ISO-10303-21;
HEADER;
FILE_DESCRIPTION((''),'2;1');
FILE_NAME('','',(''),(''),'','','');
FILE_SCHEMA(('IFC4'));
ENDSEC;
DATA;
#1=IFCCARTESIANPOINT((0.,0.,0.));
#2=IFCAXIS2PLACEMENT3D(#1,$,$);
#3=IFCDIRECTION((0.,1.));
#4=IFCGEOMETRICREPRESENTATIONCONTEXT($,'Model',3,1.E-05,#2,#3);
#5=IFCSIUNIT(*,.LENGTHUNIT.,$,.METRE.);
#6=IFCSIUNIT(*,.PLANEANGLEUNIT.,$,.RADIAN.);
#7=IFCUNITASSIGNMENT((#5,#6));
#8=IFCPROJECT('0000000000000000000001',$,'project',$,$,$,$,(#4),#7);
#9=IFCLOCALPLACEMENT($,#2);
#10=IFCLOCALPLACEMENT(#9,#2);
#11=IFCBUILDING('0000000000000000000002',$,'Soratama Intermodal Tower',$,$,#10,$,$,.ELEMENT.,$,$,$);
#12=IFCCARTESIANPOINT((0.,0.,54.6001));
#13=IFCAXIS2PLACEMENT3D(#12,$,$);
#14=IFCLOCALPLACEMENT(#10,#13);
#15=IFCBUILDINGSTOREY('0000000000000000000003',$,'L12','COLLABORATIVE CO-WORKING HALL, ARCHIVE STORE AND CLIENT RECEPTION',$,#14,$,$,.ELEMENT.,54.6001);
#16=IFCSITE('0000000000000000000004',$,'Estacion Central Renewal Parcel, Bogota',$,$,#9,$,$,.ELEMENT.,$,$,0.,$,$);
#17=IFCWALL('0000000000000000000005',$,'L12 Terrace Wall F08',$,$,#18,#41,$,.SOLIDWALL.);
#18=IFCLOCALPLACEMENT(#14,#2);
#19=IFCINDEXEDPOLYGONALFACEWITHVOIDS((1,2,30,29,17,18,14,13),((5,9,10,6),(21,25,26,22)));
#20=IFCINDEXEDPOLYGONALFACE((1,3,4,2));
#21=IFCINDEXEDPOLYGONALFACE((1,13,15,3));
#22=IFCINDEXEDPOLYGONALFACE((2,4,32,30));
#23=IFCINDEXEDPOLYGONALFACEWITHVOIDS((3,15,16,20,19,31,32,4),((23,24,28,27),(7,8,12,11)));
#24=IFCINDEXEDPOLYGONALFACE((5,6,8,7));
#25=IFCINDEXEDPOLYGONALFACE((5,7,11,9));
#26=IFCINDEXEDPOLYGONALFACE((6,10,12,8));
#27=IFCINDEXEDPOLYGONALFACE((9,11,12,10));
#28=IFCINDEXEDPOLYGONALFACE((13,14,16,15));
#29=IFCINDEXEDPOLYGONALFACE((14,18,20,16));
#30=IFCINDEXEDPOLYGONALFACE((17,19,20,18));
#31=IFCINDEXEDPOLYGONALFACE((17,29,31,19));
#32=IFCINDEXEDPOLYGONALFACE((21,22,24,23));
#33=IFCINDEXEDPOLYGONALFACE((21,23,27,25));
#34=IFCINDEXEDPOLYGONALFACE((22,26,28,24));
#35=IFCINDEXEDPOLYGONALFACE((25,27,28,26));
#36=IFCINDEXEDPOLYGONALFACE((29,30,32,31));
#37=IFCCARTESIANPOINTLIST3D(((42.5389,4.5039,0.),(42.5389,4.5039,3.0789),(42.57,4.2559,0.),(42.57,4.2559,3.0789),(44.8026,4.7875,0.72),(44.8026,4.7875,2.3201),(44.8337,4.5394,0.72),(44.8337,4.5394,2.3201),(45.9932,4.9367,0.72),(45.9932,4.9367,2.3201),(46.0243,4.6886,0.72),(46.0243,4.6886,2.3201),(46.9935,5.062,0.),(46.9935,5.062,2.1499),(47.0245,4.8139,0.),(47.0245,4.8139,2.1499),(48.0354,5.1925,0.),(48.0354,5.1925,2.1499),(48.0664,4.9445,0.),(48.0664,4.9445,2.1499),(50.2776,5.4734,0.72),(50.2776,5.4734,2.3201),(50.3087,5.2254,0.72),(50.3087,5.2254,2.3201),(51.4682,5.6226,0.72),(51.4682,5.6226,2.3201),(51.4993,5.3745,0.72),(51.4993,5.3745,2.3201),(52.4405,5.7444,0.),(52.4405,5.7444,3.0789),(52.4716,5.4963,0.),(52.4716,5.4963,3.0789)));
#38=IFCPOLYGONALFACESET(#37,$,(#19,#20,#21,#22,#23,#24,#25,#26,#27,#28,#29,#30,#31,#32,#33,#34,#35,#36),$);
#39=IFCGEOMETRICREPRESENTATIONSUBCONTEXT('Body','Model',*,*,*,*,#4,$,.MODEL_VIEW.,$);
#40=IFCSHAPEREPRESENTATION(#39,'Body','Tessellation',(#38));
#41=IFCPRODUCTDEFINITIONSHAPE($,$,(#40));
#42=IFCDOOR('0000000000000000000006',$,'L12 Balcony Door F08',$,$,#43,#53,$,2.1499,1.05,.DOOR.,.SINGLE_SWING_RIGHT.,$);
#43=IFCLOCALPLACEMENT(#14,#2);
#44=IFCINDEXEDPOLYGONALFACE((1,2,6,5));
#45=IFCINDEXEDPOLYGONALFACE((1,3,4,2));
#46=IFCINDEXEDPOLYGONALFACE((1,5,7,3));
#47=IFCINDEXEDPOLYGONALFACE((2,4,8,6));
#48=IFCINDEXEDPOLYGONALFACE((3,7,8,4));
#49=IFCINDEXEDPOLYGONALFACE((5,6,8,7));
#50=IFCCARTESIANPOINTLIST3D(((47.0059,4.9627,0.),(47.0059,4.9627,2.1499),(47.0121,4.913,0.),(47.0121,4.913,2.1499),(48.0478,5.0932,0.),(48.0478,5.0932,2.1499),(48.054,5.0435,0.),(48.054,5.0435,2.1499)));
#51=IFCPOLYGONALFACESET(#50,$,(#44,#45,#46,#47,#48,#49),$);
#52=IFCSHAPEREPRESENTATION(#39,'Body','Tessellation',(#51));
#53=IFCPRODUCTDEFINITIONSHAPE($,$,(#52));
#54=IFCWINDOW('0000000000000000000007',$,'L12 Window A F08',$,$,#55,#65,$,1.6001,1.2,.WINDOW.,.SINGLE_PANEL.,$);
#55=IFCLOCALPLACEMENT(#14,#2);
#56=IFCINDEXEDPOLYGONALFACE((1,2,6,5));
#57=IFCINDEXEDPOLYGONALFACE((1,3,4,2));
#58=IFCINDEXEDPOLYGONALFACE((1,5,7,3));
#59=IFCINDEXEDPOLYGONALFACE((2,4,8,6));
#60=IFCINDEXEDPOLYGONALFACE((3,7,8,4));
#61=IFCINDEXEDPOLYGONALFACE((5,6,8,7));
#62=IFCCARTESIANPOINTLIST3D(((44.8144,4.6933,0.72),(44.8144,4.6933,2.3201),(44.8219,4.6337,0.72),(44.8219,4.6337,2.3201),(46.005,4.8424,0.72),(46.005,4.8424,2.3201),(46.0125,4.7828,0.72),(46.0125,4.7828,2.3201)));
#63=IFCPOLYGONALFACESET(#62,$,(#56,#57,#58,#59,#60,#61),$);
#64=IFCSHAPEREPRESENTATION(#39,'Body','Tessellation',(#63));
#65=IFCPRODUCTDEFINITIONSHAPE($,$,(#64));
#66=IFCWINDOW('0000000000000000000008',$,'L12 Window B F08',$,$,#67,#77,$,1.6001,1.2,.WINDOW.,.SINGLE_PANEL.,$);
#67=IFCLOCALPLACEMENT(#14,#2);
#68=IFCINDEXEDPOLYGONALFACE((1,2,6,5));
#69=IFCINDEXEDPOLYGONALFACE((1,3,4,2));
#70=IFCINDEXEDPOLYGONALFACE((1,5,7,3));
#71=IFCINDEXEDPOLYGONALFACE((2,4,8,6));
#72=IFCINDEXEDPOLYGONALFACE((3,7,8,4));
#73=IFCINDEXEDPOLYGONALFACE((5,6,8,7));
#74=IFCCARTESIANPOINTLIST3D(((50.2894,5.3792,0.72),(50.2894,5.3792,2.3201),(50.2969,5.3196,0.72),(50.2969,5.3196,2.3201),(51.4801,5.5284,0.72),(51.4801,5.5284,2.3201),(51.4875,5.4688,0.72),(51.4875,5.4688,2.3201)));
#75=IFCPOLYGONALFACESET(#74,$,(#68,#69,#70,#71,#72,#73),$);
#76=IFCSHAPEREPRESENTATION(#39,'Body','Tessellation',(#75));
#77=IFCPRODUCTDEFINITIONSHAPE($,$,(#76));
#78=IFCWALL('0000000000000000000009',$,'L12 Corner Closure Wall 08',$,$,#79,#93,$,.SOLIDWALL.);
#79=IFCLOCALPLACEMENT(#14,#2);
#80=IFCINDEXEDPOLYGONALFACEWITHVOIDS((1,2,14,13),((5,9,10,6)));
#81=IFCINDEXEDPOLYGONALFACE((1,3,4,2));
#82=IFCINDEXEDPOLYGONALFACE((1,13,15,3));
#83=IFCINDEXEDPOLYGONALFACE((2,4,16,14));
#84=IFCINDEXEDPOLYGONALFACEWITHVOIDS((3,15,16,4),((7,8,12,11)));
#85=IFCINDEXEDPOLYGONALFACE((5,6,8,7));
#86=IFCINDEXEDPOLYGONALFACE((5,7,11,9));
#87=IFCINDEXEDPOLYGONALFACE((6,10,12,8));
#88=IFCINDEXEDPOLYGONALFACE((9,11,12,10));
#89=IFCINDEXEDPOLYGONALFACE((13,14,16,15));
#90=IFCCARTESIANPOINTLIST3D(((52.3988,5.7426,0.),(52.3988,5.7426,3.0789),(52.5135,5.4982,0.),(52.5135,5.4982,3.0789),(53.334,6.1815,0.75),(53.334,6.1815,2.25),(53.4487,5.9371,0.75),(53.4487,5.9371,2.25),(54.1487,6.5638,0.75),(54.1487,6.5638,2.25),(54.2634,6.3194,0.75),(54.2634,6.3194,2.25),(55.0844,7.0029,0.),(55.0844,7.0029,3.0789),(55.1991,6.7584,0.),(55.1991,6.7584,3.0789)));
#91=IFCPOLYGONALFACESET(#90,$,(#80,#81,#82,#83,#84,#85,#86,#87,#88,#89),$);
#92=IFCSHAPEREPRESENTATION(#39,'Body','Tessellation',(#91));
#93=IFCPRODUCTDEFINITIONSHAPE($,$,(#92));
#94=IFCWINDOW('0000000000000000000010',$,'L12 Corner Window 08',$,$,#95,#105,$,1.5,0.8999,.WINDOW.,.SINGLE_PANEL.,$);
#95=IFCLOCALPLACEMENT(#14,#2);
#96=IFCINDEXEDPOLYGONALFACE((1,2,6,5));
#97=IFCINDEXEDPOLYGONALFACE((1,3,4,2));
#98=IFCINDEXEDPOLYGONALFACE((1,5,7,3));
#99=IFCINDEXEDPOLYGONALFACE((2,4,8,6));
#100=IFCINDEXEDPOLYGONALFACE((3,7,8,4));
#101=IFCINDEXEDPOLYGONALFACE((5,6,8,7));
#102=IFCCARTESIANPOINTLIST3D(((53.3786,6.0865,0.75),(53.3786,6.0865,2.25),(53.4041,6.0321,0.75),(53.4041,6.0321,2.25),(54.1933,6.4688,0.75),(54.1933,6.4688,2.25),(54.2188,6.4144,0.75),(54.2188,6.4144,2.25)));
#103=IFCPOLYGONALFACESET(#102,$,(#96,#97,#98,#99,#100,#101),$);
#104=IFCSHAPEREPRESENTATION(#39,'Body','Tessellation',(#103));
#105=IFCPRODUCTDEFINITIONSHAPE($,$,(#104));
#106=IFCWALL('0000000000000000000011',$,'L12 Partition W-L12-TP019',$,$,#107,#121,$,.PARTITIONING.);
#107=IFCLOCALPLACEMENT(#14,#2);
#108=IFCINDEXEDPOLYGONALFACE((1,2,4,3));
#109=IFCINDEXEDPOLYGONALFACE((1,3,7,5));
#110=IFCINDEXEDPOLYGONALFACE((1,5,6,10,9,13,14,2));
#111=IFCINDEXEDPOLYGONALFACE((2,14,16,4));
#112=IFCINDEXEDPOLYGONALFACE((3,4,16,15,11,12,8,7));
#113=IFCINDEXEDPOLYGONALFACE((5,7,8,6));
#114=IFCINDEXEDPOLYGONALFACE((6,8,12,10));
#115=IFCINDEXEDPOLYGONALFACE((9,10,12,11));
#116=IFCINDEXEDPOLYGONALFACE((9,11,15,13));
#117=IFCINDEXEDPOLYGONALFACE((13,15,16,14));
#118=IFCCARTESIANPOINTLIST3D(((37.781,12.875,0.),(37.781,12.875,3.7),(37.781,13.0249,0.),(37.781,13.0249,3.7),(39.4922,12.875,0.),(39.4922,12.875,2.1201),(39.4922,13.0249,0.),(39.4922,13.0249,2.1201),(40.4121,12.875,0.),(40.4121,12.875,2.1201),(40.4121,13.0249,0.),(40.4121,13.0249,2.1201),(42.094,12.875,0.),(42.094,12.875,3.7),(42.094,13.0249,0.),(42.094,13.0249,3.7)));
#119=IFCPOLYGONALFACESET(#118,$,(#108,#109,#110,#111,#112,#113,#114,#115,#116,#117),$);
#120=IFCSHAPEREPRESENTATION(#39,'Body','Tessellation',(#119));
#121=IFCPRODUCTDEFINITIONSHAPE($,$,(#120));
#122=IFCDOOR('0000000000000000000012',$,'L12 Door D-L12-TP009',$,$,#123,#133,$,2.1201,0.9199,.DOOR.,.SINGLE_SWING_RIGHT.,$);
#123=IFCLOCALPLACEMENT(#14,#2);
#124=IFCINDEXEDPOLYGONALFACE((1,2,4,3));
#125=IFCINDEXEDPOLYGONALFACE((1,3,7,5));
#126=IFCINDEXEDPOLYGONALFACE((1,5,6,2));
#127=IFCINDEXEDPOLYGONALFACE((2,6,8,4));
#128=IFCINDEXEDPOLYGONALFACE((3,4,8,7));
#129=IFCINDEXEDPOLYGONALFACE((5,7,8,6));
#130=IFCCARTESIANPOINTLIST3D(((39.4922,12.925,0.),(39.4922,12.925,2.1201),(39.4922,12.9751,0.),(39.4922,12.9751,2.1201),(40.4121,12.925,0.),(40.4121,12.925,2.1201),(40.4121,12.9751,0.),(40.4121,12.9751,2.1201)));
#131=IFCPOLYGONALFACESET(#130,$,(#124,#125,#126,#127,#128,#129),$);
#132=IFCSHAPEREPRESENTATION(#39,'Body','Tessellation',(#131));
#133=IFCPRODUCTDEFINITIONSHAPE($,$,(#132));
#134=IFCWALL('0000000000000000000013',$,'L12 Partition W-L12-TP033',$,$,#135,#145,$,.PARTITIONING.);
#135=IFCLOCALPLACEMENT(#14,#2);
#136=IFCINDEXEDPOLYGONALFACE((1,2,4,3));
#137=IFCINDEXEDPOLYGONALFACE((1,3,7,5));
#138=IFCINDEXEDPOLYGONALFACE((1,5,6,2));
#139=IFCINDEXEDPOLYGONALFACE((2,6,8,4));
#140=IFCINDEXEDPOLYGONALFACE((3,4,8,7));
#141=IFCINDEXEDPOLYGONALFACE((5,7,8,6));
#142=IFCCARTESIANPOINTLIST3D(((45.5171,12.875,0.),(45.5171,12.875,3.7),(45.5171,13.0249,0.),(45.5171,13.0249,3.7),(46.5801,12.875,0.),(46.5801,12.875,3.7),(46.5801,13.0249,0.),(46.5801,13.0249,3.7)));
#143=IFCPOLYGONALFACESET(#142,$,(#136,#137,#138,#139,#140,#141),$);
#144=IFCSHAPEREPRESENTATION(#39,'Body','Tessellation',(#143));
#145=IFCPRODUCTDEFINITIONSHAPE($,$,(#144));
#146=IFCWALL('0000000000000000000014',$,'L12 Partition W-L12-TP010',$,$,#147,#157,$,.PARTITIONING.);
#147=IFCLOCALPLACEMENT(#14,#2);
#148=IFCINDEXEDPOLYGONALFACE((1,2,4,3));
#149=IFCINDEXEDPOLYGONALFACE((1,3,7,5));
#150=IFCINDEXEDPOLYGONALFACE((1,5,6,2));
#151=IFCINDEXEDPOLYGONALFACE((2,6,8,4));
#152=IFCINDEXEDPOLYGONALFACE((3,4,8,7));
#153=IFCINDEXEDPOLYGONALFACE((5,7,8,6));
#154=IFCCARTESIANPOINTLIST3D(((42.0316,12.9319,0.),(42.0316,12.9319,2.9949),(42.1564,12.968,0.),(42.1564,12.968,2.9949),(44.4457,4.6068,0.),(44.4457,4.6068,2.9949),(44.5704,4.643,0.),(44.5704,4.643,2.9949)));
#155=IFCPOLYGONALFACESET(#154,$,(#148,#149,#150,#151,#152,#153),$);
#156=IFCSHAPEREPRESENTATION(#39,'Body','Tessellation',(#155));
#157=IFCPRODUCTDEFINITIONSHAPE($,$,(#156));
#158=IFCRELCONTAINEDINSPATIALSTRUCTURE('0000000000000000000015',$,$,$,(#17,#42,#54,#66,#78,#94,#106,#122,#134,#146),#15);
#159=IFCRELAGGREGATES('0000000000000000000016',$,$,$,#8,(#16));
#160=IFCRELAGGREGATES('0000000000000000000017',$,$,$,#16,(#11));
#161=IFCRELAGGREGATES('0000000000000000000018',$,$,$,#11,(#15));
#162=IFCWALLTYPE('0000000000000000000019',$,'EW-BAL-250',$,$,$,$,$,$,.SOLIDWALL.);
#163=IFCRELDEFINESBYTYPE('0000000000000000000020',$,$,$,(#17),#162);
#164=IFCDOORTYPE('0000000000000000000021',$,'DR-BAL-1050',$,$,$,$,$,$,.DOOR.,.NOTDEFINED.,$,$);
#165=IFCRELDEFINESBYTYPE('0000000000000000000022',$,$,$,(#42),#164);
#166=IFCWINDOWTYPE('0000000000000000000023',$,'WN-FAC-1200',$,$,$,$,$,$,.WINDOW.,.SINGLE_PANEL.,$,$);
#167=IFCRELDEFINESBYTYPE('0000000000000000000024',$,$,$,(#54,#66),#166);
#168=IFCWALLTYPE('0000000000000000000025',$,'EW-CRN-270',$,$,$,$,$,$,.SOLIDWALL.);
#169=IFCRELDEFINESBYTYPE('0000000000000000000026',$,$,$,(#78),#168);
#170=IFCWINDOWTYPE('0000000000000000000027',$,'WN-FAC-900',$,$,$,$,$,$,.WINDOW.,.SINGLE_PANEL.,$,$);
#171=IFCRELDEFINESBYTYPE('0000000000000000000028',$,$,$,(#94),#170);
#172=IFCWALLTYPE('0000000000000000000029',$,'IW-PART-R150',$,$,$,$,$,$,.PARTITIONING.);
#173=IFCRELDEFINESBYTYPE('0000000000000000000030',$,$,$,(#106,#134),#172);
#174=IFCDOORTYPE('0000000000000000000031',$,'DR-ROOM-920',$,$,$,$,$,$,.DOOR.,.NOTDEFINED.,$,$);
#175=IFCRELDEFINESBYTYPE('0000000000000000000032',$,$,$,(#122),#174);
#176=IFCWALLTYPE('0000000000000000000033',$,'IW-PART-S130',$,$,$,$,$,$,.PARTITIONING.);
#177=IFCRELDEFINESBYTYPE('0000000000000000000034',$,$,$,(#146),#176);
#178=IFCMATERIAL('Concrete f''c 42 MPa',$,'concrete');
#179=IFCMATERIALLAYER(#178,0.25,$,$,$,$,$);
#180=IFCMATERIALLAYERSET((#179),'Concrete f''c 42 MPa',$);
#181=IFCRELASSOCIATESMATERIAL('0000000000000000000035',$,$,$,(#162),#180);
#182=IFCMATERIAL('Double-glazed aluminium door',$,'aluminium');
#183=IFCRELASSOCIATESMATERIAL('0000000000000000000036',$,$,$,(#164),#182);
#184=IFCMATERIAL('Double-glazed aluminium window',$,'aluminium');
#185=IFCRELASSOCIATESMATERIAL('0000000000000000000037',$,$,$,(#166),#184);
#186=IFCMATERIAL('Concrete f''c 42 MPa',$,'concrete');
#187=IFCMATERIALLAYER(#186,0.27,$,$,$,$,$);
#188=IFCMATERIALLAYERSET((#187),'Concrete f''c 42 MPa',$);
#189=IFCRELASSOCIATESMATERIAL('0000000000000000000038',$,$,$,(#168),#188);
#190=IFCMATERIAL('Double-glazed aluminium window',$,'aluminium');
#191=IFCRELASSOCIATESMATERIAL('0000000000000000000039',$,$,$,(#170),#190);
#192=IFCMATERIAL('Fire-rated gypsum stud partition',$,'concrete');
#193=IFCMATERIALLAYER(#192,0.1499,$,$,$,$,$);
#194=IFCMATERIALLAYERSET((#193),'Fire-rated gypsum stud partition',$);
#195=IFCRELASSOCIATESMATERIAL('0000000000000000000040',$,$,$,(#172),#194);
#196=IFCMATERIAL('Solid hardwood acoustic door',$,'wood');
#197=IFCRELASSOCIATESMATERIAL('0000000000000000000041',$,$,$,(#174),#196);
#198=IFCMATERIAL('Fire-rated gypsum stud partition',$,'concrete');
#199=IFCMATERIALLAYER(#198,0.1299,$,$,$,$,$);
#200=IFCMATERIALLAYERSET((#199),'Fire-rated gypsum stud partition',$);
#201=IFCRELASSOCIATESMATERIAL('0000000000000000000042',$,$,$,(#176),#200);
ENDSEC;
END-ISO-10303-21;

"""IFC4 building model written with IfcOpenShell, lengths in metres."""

from ifc_helpers import new_model, si_unit, direction, frame, frame_2d, origin, place, context, subcontext, project, spatial, rectangle, extrude, material, layer, layer_set, type_object, element, fill, save


model = new_model("IFC4")

# Units and contexts
model_context = context("Model", 3, precision=1e-05, world=origin(), true_north=direction((0.0, 1.0)))
body_context = subcontext(model_context, "Body", "Model", "MODEL_VIEW")
ifc_project = project(units=[si_unit("LENGTHUNIT", "METRE"), si_unit("PLANEANGLEUNIT", "RADIAN")], contexts=[model_context])

# Site, building, storey
site_placement = place(None, origin())
site = spatial("IfcSite", under=ifc_project, at=site_placement, Name="Estacion Central Renewal Parcel, Bogota", CompositionType="ELEMENT", RefElevation=0.0)
building_placement = place(site_placement, origin())
building = spatial("IfcBuilding", under=site, at=building_placement, Name="Soratama Intermodal Tower", CompositionType="ELEMENT")
storey_placement = place(building_placement, frame((0.0, 0.0, 54.6001)))
storey = spatial("IfcBuildingStorey", under=building, at=storey_placement, Name="L12", Description="COLLABORATIVE CO-WORKING HALL, ARCHIVE STORE AND CLIENT RECEPTION", CompositionType="ELEMENT", Elevation=54.6001)

# Wall, openings, door, windows
ifc_material_1 = material(Name="Concrete f'c 42 MPa", Category="concrete")
ifc_layer_1 = layer(ifc_material_1, 0.25)
ifc_layer_set_1 = layer_set([ifc_layer_1], Name="Concrete f'c 42 MPa")
wall_type_1 = type_object("IfcWallType", Name="EW-BAL-250", PredefinedType="SOLIDWALL", material=ifc_layer_set_1)
wall_1_placement = place(storey_placement, frame((42.5544, 4.3799, 0.0), z_axis=(0.0, 0.0, 1.0), x_axis=(0.992244, 0.124309, 0.0)))
wall_1 = element("IfcWall", 1, at=wall_1_placement, inside=storey, type_object=wall_type_1, Name="L12 Terrace Wall F08", PredefinedType="SOLIDWALL", context=body_context, shape_type="SweptSolid", body=[
    extrude(rectangle(XDim=9.979, YDim=0.25, at=frame_2d((4.9895, 0.0))), origin(), (0.0, 0.0, 1.0), 3.0789),
])
opening_1_placement = place(wall_1_placement, frame((4.4895, 0.0, 0.0)))
opening_1 = element("IfcOpeningElement", 2, at=opening_1_placement, cuts=wall_1, PredefinedType="OPENING", context=body_context, shape_type="SweptSolid", body=[
    extrude(rectangle(XDim=1.05, YDim=2.1499, at=frame_2d((0.5249, 1.075))), frame((0.0, 0.135, 0.0), z_axis=(0.0, -1.0, 0.0), x_axis=(1.0, 0.0, 0.0)), (0.0, 0.0, 1.0), 0.27),
])
opening_2_placement = place(wall_1_placement, frame((2.2812, 0.0, 0.72)))
opening_2 = element("IfcOpeningElement", 3, at=opening_2_placement, cuts=wall_1, PredefinedType="OPENING", context=body_context, shape_type="SweptSolid", body=[
    extrude(rectangle(XDim=1.2, YDim=1.6001, at=frame_2d((0.6001, 0.8))), frame((0.0, 0.135, 0.0), z_axis=(0.0, -1.0, 0.0), x_axis=(1.0, 0.0, 0.0)), (0.0, 0.0, 1.0), 0.27),
])
opening_3_placement = place(wall_1_placement, frame((7.7991, 0.0, 0.72)))
opening_3 = element("IfcOpeningElement", 4, at=opening_3_placement, cuts=wall_1, PredefinedType="OPENING", context=body_context, shape_type="SweptSolid", body=[
    extrude(rectangle(XDim=1.2, YDim=1.6001, at=frame_2d((0.6001, 0.8))), frame((0.0, 0.135, 0.0), z_axis=(0.0, -1.0, 0.0), x_axis=(1.0, 0.0, 0.0)), (0.0, 0.0, 1.0), 0.27),
])
ifc_material_2 = material(Name="Double-glazed aluminium door", Category="aluminium")
door_type_1 = type_object("IfcDoorType", Name="DR-BAL-1050", OperationType="NOTDEFINED", PredefinedType="DOOR", material=ifc_material_2)
door_1_placement = place(opening_1_placement, origin())
door_1 = element("IfcDoor", 5, at=door_1_placement, inside=storey, type_object=door_type_1, Name="L12 Balcony Door F08", OperationType="SINGLE_SWING_RIGHT", OverallHeight=2.1499, OverallWidth=1.05, PredefinedType="DOOR", context=body_context, shape_type="SweptSolid", body=[
    extrude(rectangle(XDim=1.05, YDim=2.1499, at=frame_2d((0.5249, 1.075))), frame((0.0, 0.0249, 0.0), z_axis=(0.0, -1.0, 0.0), x_axis=(1.0, 0.0, 0.0)), (0.0, 0.0, 1.0), 0.05),
])
fill(opening_1, door_1)
ifc_material_3 = material(Name="Double-glazed aluminium window", Category="aluminium")
window_type_1 = type_object("IfcWindowType", Name="WN-FAC-1200", PartitioningType="SINGLE_PANEL", PredefinedType="WINDOW", material=ifc_material_3)
window_1_placement = place(opening_2_placement, origin())
window_1 = element("IfcWindow", 6, at=window_1_placement, inside=storey, type_object=window_type_1, Name="L12 Window A F08", OverallHeight=1.6001, OverallWidth=1.2, PartitioningType="SINGLE_PANEL", PredefinedType="WINDOW", context=body_context, shape_type="SweptSolid", body=[
    extrude(rectangle(XDim=1.2, YDim=1.6001, at=frame_2d((0.6001, 0.8))), frame((0.0, 0.03, 0.0), z_axis=(0.0, -1.0, 0.0), x_axis=(1.0, 0.0, 0.0)), (0.0, 0.0, 1.0), 0.0601),
])
fill(opening_2, window_1)
window_2_placement = place(opening_3_placement, origin())
window_2 = element("IfcWindow", 7, at=window_2_placement, inside=storey, type_object=window_type_1, Name="L12 Window B F08", OverallHeight=1.6001, OverallWidth=1.2, PartitioningType="SINGLE_PANEL", PredefinedType="WINDOW", context=body_context, shape_type="SweptSolid", body=[
    extrude(rectangle(XDim=1.2, YDim=1.6001, at=frame_2d((0.6001, 0.8))), frame((0.0, 0.03, 0.0), z_axis=(0.0, -1.0, 0.0), x_axis=(1.0, 0.0, 0.0)), (0.0, 0.0, 1.0), 0.0601),
])
fill(opening_3, window_2)

# Wall, opening, window
ifc_material_4 = material(Name="Concrete f'c 42 MPa", Category="concrete")
ifc_layer_2 = layer(ifc_material_4, 0.27)
ifc_layer_set_2 = layer_set([ifc_layer_2], Name="Concrete f'c 42 MPa")
wall_type_2 = type_object("IfcWallType", Name="EW-CRN-270", PredefinedType="SOLIDWALL", material=ifc_layer_set_2)
wall_2_placement = place(storey_placement, frame((52.4561, 5.6204, 0.0), z_axis=(0.0, 0.0, 1.0), x_axis=(0.905277, 0.424822, 0.0)))
wall_2 = element("IfcWall", 8, at=wall_2_placement, inside=storey, type_object=wall_type_2, Name="L12 Corner Closure Wall 08", PredefinedType="SOLIDWALL", context=body_context, shape_type="SweptSolid", body=[
    extrude(rectangle(XDim=2.9666, YDim=0.27, at=frame_2d((1.4834, 0.0))), origin(), (0.0, 0.0, 1.0), 3.0789),
])
opening_4_placement = place(wall_2_placement, frame((1.0332, 0.0, 0.75)))
opening_4 = element("IfcOpeningElement", 9, at=opening_4_placement, cuts=wall_2, PredefinedType="OPENING", context=body_context, shape_type="SweptSolid", body=[
    extrude(rectangle(XDim=0.8999, YDim=1.5, at=frame_2d((0.45, 0.75))), frame((0.0, 0.145, 0.0), z_axis=(0.0, -1.0, 0.0), x_axis=(1.0, 0.0, 0.0)), (0.0, 0.0, 1.0), 0.29),
])
ifc_material_5 = material(Name="Double-glazed aluminium window", Category="aluminium")
window_type_2 = type_object("IfcWindowType", Name="WN-FAC-900", PartitioningType="SINGLE_PANEL", PredefinedType="WINDOW", material=ifc_material_5)
window_3_placement = place(opening_4_placement, origin())
window_3 = element("IfcWindow", 10, at=window_3_placement, inside=storey, type_object=window_type_2, Name="L12 Corner Window 08", OverallHeight=1.5, OverallWidth=0.8999, PartitioningType="SINGLE_PANEL", PredefinedType="WINDOW", context=body_context, shape_type="SweptSolid", body=[
    extrude(rectangle(XDim=0.8999, YDim=1.5, at=frame_2d((0.45, 0.75))), frame((0.0, 0.03, 0.0), z_axis=(0.0, -1.0, 0.0), x_axis=(1.0, 0.0, 0.0)), (0.0, 0.0, 1.0), 0.0601),
])
fill(opening_4, window_3)

# Wall, opening, door
ifc_material_6 = material(Name="Fire-rated gypsum stud partition", Category="concrete")
ifc_layer_3 = layer(ifc_material_6, 0.1499)
ifc_layer_set_3 = layer_set([ifc_layer_3], Name="Fire-rated gypsum stud partition")
wall_type_3 = type_object("IfcWallType", Name="IW-PART-R150", PredefinedType="PARTITIONING", material=ifc_layer_set_3)
wall_3_placement = place(storey_placement, frame((42.094, 12.95, 0.0), z_axis=(0.0, 0.0, 1.0), x_axis=(-1.0, 0.0, 0.0)))
wall_3 = element("IfcWall", 11, at=wall_3_placement, inside=storey, type_object=wall_type_3, Name="L12 Partition W-L12-TP019", PredefinedType="PARTITIONING", context=body_context, shape_type="SweptSolid", body=[
    extrude(rectangle(XDim=4.313, YDim=0.1499, at=frame_2d((2.1565, 0.0))), origin(), (0.0, 0.0, 1.0), 3.7),
])
opening_5_placement = place(wall_3_placement, frame((1.6819, 0.0, 0.0)))
opening_5 = element("IfcOpeningElement", 12, at=opening_5_placement, cuts=wall_3, PredefinedType="OPENING", context=body_context, shape_type="SweptSolid", body=[
    extrude(rectangle(XDim=0.9199, YDim=2.1201, at=frame_2d((0.46, 1.0601))), frame((0.0, 0.085, 0.0), z_axis=(0.0, -1.0, 0.0), x_axis=(1.0, 0.0, 0.0)), (0.0, 0.0, 1.0), 0.1699),
])
ifc_material_7 = material(Name="Solid hardwood acoustic door", Category="wood")
door_type_2 = type_object("IfcDoorType", Name="DR-ROOM-920", OperationType="NOTDEFINED", PredefinedType="DOOR", material=ifc_material_7)
door_2_placement = place(opening_5_placement, origin())
door_2 = element("IfcDoor", 13, at=door_2_placement, inside=storey, type_object=door_type_2, Name="L12 Door D-L12-TP009", OperationType="SINGLE_SWING_RIGHT", OverallHeight=2.1201, OverallWidth=0.9199, PredefinedType="DOOR", context=body_context, shape_type="SweptSolid", body=[
    extrude(rectangle(XDim=0.9199, YDim=2.1201, at=frame_2d((0.46, 1.0601))), frame((0.0, 0.0249, 0.0), z_axis=(0.0, -1.0, 0.0), x_axis=(1.0, 0.0, 0.0)), (0.0, 0.0, 1.0), 0.05),
])
fill(opening_5, door_2)

# Walls
wall_4_placement = place(storey_placement, frame((46.5801, 12.95, 0.0), z_axis=(0.0, 0.0, 1.0), x_axis=(-1.0, 0.0, 0.0)))
element("IfcWall", 14, at=wall_4_placement, inside=storey, type_object=wall_type_3, Name="L12 Partition W-L12-TP033", PredefinedType="PARTITIONING", context=body_context, shape_type="SweptSolid", body=[
    extrude(rectangle(XDim=1.063, YDim=0.1499, at=frame_2d((0.5315, 0.0))), origin(), (0.0, 0.0, 1.0), 3.7),
])
ifc_material_8 = material(Name="Fire-rated gypsum stud partition", Category="concrete")
ifc_layer_4 = layer(ifc_material_8, 0.1299)
ifc_layer_set_4 = layer_set([ifc_layer_4], Name="Fire-rated gypsum stud partition")
wall_type_4 = type_object("IfcWallType", Name="IW-PART-S130", PredefinedType="PARTITIONING", material=ifc_layer_set_4)
wall_5_placement = place(storey_placement, frame((42.094, 12.95, 0.0), z_axis=(0.0, 0.0, 1.0), x_axis=(0.278506, -0.960434, 0.0)))
element("IfcWall", 15, at=wall_5_placement, inside=storey, type_object=wall_type_4, Name="L12 Partition W-L12-TP010", PredefinedType="PARTITIONING", context=body_context, shape_type="SweptSolid", body=[
    extrude(rectangle(XDim=8.668, YDim=0.1299, at=frame_2d((4.334, 0.0))), origin(), (0.0, 0.0, 1.0), 2.9949),
])

save(model, "model.ifc")
